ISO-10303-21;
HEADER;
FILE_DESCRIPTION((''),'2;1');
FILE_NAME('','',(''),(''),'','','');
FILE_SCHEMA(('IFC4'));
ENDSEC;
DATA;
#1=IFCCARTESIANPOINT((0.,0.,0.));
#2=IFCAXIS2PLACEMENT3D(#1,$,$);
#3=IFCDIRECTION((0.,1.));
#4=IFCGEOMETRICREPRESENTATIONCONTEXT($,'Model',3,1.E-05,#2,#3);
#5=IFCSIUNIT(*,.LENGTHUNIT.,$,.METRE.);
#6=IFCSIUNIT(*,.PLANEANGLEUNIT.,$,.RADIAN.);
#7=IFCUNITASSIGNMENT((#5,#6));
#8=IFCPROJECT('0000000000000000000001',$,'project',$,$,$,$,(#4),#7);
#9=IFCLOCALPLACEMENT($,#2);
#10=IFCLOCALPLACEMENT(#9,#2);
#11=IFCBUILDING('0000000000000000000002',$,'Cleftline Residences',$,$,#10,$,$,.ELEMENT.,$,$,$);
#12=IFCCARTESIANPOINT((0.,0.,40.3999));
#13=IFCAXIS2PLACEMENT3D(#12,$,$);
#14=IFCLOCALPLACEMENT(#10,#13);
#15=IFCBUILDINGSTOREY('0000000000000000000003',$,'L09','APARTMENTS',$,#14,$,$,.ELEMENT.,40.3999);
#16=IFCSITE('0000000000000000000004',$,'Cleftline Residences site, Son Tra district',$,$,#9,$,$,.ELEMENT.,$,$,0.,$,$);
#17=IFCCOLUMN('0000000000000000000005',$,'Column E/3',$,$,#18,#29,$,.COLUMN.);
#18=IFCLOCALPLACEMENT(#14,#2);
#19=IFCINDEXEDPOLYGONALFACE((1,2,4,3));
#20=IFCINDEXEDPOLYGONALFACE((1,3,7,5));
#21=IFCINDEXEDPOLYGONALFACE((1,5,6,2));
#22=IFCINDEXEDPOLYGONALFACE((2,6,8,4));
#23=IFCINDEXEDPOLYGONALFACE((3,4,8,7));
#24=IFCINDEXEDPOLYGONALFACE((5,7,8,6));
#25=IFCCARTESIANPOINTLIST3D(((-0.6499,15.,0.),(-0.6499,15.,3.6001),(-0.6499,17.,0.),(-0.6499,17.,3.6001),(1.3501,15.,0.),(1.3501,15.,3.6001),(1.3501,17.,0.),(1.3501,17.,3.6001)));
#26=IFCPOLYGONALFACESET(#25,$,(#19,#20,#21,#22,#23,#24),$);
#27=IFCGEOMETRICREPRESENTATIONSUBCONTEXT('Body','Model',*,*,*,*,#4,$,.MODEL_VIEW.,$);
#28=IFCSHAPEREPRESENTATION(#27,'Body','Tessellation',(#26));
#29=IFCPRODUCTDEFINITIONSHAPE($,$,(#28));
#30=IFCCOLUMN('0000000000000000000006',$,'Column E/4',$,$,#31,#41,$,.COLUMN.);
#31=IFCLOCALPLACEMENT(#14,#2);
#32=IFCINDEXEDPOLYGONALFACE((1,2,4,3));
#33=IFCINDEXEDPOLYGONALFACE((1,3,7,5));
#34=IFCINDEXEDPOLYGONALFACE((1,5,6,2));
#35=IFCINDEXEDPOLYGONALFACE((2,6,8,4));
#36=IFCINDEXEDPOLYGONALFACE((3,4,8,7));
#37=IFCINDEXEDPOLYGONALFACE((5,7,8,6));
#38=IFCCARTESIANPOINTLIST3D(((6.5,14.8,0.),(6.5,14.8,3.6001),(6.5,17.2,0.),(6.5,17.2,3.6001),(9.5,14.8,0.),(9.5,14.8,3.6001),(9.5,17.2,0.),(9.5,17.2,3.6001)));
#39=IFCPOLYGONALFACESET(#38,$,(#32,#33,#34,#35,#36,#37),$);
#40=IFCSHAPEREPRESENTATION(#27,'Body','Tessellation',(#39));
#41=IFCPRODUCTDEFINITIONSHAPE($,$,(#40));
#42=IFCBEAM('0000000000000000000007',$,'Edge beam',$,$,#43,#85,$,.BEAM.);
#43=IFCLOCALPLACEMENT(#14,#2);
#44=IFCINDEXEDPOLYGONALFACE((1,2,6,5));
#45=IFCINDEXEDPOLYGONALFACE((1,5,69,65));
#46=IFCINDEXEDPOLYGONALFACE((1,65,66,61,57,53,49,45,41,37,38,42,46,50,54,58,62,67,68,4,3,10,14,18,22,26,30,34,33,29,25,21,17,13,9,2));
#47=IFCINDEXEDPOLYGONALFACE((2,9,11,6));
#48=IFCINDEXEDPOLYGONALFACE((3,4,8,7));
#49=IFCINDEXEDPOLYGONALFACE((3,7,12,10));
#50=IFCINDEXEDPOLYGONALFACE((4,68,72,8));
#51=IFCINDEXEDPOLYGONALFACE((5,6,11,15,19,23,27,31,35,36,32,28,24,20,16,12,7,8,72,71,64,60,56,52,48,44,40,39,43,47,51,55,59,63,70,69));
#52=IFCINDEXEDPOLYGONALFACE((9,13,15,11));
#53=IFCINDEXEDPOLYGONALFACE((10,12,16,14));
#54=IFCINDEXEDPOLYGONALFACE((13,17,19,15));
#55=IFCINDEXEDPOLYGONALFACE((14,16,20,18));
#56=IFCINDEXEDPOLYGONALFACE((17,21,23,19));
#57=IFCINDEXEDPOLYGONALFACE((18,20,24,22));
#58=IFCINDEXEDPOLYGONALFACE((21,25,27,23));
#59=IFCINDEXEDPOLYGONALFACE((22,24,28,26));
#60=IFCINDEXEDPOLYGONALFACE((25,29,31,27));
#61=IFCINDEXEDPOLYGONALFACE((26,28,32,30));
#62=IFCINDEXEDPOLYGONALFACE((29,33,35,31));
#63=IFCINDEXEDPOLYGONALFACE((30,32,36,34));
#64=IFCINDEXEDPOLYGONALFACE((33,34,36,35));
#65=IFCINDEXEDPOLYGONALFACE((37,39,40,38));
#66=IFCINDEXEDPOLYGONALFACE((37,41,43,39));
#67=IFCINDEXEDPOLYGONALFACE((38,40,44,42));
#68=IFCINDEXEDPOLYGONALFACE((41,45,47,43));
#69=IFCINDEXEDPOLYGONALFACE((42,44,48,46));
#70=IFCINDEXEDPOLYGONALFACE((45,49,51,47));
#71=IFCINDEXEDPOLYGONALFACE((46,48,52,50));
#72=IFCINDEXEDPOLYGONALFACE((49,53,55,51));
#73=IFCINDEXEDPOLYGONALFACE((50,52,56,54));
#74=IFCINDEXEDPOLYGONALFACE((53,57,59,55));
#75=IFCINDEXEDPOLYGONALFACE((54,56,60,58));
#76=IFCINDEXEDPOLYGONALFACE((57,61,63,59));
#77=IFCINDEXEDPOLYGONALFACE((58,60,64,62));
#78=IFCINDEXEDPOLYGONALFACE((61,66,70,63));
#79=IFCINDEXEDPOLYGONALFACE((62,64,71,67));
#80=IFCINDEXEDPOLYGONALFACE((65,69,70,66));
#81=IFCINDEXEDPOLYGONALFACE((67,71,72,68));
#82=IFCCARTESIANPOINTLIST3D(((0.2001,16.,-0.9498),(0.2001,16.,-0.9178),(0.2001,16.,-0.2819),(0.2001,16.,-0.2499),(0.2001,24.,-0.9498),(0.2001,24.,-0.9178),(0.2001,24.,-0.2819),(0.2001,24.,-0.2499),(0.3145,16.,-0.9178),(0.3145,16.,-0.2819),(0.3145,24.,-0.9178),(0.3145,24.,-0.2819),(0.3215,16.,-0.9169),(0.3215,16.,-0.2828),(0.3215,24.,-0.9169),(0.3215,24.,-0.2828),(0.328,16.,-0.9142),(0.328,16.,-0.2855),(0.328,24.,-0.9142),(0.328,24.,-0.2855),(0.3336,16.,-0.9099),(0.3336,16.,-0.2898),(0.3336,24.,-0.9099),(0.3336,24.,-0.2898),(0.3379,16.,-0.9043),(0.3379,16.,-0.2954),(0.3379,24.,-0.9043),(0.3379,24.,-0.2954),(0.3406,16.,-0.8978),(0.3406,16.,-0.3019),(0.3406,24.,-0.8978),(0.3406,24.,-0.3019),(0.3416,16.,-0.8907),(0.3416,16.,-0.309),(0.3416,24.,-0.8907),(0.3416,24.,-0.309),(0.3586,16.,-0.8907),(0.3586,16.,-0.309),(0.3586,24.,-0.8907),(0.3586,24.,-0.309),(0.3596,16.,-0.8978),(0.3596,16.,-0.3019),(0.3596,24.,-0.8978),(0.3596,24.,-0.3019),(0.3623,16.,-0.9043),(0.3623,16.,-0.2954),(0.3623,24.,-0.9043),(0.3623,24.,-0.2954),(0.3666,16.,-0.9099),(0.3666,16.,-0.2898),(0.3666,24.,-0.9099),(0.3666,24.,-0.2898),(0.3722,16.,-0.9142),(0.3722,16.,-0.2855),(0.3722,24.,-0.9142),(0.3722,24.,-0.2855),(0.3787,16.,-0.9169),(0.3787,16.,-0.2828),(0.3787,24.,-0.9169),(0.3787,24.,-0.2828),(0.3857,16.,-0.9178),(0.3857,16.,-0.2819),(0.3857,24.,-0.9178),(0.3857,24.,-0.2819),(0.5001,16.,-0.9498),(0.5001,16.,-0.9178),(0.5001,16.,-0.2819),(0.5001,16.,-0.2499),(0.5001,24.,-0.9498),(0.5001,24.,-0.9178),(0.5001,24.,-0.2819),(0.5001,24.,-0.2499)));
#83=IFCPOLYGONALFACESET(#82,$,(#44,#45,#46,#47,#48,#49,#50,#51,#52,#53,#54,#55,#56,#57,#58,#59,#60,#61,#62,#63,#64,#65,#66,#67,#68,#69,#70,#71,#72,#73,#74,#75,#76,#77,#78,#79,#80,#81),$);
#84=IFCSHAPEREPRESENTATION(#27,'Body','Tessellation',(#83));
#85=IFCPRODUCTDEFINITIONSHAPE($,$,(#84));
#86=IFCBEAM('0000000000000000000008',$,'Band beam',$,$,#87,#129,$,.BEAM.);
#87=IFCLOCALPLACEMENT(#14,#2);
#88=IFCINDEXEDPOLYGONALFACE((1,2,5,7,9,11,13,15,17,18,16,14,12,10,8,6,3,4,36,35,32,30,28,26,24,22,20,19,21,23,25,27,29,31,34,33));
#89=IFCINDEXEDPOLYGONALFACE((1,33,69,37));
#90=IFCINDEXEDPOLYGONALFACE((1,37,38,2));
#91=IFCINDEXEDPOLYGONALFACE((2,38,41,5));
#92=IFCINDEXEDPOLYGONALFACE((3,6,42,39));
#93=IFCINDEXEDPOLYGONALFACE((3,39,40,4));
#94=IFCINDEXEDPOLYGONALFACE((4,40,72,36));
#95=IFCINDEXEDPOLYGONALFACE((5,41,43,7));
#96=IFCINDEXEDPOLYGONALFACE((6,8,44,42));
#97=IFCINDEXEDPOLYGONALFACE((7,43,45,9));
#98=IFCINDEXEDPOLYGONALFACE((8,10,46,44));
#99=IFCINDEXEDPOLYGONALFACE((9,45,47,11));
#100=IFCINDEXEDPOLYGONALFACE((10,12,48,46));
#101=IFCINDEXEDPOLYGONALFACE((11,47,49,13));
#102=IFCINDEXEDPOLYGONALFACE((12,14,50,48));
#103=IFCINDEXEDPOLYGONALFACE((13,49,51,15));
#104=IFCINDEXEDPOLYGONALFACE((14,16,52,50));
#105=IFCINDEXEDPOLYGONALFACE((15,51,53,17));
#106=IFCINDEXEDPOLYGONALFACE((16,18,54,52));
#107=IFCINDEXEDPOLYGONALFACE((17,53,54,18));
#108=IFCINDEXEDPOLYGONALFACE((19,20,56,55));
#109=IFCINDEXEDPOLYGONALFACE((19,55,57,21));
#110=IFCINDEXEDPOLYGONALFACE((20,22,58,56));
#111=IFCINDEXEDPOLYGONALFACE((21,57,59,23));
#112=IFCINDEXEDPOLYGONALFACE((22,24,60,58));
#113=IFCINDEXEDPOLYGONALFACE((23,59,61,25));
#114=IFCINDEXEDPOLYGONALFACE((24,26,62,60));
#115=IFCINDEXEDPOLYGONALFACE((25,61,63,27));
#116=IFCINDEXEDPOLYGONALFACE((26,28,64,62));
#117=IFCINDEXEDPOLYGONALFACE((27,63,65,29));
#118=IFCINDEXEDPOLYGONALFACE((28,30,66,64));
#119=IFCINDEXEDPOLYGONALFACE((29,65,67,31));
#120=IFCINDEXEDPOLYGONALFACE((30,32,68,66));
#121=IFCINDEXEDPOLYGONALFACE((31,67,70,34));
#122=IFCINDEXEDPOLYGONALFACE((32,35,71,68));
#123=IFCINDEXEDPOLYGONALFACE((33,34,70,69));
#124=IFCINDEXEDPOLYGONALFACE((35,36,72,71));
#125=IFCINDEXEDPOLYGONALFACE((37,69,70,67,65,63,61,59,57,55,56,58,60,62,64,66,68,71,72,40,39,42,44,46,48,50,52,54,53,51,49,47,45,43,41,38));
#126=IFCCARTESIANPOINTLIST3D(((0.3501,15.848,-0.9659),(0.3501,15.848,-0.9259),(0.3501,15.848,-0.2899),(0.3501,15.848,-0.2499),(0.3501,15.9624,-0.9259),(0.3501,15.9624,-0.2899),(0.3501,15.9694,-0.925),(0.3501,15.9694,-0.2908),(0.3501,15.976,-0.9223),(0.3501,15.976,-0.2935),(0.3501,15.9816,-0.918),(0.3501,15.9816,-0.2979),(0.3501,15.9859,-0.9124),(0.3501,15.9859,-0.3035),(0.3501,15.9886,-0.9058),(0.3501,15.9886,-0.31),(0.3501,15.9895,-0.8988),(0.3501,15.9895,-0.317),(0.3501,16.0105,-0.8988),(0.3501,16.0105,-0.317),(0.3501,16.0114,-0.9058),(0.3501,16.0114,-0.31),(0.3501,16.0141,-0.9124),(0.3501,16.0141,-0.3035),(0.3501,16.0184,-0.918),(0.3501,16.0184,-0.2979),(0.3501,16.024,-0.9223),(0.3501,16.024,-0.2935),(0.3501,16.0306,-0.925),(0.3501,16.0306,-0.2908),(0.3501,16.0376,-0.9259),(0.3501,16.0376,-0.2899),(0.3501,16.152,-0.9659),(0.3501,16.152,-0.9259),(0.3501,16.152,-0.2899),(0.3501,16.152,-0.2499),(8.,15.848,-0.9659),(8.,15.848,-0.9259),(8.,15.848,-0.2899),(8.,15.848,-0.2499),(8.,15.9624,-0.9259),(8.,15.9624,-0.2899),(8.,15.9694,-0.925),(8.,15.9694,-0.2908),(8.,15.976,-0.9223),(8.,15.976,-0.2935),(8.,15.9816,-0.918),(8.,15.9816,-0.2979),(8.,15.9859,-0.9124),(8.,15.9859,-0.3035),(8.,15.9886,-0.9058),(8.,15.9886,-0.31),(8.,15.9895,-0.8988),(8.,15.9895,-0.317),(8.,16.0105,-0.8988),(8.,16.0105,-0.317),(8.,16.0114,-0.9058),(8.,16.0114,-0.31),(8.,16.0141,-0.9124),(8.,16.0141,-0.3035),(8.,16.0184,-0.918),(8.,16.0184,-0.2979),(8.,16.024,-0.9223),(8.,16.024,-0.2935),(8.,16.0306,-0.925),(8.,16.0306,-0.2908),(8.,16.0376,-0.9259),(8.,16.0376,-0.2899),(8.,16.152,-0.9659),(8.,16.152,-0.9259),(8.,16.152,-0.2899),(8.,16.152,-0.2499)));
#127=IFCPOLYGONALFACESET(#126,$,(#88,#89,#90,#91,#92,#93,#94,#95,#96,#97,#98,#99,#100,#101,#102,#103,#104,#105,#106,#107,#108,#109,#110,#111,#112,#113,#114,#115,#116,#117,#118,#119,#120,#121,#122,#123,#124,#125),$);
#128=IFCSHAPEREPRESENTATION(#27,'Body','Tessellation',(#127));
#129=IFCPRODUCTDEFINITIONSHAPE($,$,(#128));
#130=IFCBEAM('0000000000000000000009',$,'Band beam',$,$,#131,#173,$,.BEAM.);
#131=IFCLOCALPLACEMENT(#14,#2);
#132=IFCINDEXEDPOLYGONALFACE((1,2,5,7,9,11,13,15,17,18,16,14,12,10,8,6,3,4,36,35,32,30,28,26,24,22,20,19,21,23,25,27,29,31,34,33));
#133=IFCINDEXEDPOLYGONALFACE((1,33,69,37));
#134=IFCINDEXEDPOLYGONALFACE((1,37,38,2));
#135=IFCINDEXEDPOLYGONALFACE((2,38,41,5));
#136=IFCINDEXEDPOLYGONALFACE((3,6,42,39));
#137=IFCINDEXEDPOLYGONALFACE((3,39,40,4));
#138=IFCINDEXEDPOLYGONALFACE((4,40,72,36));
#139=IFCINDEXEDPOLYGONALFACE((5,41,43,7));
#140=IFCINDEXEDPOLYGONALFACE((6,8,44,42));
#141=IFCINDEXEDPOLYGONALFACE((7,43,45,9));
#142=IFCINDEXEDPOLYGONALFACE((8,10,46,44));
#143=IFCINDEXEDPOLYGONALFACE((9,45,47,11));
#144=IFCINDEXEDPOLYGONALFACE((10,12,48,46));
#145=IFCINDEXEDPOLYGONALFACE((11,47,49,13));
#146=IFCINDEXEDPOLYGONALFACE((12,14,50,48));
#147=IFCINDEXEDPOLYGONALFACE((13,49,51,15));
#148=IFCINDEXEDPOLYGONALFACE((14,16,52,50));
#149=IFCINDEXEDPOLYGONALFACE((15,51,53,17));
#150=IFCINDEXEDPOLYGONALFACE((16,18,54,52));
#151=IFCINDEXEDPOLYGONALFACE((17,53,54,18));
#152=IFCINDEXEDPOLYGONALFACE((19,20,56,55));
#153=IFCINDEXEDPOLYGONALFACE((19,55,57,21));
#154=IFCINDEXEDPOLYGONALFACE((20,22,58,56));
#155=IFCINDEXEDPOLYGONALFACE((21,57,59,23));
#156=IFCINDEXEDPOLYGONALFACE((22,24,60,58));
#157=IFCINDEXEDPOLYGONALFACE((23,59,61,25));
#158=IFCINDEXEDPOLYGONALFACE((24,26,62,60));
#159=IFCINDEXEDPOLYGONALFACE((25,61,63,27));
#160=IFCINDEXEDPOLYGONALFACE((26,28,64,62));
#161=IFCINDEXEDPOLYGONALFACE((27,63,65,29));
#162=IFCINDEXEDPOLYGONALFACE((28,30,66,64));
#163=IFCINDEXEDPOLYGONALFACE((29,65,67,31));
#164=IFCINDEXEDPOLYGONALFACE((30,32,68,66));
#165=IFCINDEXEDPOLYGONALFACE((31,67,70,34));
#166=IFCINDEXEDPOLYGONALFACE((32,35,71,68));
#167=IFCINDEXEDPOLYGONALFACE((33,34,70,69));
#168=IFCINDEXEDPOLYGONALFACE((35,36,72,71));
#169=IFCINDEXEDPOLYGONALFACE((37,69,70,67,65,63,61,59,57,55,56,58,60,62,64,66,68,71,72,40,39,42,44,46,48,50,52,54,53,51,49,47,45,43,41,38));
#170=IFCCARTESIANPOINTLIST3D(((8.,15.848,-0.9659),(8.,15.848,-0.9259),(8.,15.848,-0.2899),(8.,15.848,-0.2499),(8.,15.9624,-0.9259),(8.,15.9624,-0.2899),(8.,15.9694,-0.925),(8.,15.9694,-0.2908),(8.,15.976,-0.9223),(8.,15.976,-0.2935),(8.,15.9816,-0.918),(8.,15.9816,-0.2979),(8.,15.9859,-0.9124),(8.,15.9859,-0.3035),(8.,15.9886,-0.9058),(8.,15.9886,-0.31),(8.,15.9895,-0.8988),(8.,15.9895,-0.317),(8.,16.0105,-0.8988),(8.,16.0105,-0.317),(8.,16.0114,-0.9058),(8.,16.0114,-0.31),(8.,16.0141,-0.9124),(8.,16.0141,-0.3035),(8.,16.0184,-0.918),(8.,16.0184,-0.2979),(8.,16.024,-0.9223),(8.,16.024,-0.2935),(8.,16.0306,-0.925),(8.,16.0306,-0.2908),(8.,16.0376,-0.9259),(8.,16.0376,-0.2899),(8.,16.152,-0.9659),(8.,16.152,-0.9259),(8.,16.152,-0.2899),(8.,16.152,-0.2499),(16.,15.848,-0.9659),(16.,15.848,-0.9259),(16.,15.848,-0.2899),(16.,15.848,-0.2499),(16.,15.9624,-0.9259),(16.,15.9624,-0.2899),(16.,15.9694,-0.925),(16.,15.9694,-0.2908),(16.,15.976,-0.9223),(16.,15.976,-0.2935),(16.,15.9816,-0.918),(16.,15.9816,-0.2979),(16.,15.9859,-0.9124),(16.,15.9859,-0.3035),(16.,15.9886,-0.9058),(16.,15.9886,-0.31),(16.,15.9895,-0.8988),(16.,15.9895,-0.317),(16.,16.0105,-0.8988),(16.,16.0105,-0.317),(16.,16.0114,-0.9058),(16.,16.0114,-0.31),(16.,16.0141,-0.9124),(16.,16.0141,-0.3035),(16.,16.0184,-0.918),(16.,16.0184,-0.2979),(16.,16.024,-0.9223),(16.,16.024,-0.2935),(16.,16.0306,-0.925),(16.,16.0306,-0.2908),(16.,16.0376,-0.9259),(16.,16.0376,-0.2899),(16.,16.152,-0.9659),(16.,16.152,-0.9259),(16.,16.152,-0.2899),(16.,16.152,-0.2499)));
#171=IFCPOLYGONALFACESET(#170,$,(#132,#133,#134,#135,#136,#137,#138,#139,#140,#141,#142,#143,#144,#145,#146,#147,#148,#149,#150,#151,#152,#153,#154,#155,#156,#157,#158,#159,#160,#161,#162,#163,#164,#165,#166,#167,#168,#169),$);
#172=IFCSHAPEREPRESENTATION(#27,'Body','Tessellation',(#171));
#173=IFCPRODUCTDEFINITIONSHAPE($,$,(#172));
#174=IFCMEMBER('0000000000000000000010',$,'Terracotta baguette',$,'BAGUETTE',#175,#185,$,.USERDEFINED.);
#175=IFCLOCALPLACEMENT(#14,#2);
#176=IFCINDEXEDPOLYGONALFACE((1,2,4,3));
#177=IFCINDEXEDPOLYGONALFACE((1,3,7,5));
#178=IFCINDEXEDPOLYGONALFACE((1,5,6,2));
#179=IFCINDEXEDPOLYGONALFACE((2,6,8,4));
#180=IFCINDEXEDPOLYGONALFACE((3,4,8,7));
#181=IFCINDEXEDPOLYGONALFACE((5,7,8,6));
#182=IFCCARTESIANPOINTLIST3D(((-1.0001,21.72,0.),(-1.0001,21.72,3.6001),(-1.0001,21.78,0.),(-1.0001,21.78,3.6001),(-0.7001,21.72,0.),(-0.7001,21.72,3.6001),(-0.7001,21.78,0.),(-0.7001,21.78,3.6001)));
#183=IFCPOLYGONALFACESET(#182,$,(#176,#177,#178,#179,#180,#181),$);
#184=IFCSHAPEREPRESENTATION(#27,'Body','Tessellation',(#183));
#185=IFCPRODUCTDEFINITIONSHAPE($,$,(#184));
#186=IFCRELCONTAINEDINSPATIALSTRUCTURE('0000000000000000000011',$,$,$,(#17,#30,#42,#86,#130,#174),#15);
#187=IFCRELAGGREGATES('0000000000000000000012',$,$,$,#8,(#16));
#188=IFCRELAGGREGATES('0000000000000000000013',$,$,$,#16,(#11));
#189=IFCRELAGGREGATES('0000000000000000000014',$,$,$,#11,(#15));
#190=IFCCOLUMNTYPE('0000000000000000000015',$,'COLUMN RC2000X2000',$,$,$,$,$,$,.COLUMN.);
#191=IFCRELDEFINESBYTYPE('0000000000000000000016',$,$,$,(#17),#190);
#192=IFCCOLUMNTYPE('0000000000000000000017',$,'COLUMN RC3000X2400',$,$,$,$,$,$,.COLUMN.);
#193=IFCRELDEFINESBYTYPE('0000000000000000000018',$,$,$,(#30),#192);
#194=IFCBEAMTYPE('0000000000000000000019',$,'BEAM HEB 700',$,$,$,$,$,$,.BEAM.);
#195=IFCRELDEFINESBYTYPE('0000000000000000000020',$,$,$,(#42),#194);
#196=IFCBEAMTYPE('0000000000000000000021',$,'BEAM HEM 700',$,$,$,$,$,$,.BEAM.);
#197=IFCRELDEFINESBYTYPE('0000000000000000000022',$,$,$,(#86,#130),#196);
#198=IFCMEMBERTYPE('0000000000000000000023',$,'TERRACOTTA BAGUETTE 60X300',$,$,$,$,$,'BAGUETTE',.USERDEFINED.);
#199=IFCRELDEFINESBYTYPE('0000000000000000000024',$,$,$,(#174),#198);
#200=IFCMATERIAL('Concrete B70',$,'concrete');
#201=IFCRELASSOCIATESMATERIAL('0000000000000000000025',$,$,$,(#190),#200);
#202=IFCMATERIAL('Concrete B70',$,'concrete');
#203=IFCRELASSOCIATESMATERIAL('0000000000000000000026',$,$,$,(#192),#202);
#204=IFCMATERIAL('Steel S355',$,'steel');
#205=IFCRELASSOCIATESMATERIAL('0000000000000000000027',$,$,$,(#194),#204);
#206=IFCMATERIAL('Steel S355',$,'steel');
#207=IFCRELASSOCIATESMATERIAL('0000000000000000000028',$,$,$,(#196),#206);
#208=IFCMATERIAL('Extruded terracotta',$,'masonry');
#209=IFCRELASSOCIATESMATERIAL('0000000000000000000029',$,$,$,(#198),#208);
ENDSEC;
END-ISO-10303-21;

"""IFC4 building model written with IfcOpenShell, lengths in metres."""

from ifc_helpers import new_model, si_unit, direction, frame, origin, origin_2d, place, context, subcontext, project, spatial, rectangle, i_section, extrude, material, material_profile, profile_set, type_object, element, save


model = new_model("IFC4")

# Units and contexts
model_context = context("Model", 3, precision=1e-05, world=origin(), true_north=direction((0.0, 1.0)))
body_context = subcontext(model_context, "Body", "Model", "MODEL_VIEW")
ifc_project = project(units=[si_unit("LENGTHUNIT", "METRE"), si_unit("PLANEANGLEUNIT", "RADIAN")], contexts=[model_context])

# Site, building, storey
site_placement = place(None, origin())
site = spatial("IfcSite", under=ifc_project, at=site_placement, Name="Cleftline Residences site, Son Tra district", CompositionType="ELEMENT", RefElevation=0.0)
building_placement = place(site_placement, origin())
building = spatial("IfcBuilding", under=site, at=building_placement, Name="Cleftline Residences", CompositionType="ELEMENT")
storey_placement = place(building_placement, frame((0.0, 0.0, 40.3999)))
storey = spatial("IfcBuildingStorey", under=building, at=storey_placement, Name="L09", Description="APARTMENTS", CompositionType="ELEMENT", Elevation=40.3999)

# Columns
ifc_material_1 = material(Name="Concrete B70", Category="concrete")
ifc_material_profile_1 = material_profile(ifc_material_1, rectangle(XDim=2.0, YDim=2.0, at=origin_2d()))
ifc_profile_set_1 = profile_set([ifc_material_profile_1], Name="Concrete B70")
column_type_1 = type_object("IfcColumnType", Name="COLUMN RC2000X2000", PredefinedType="COLUMN", material=ifc_profile_set_1)
column_1_placement = place(storey_placement, frame((0.3501, 16.0, 0.0), z_axis=(0.0, 0.0, 1.0), x_axis=(1.0, 0.0, 0.0)))
element("IfcColumn", 1, at=column_1_placement, inside=storey, type_object=column_type_1, Name="Column E/3", PredefinedType="COLUMN", context=body_context, shape_type="SweptSolid", body=[
    extrude(rectangle(XDim=2.0, YDim=2.0, at=origin_2d()), origin(), (0.0, 0.0, 1.0), 3.6001),
])
ifc_material_2 = material(Name="Concrete B70", Category="concrete")
ifc_material_profile_2 = material_profile(ifc_material_2, rectangle(XDim=3.0, YDim=2.3999, at=origin_2d()))
ifc_profile_set_2 = profile_set([ifc_material_profile_2], Name="Concrete B70")
column_type_2 = type_object("IfcColumnType", Name="COLUMN RC3000X2400", PredefinedType="COLUMN", material=ifc_profile_set_2)
column_2_placement = place(storey_placement, frame((8.0, 16.0, 0.0), z_axis=(0.0, 0.0, 1.0), x_axis=(1.0, 0.0, 0.0)))
element("IfcColumn", 2, at=column_2_placement, inside=storey, type_object=column_type_2, Name="Column E/4", PredefinedType="COLUMN", context=body_context, shape_type="SweptSolid", body=[
    extrude(rectangle(XDim=3.0, YDim=2.3999, at=origin_2d()), origin(), (0.0, 0.0, 1.0), 3.6001),
])

# Beams
ifc_material_3 = material(Name="Steel S355", Category="steel")
ifc_material_profile_3 = material_profile(ifc_material_3, i_section(OverallWidth=0.3, OverallDepth=0.7, WebThickness=0.0171, FlangeThickness=0.032, FilletRadius=0.0271, at=origin_2d()))
ifc_profile_set_3 = profile_set([ifc_material_profile_3], Name="Steel S355")
beam_type_1 = type_object("IfcBeamType", Name="BEAM HEB 700", PredefinedType="BEAM", material=ifc_profile_set_3)
beam_1_placement = place(storey_placement, frame((0.3501, 16.0, -0.5999), z_axis=(0.0, 1.0, 0.0), x_axis=(-1.0, 0.0, 0.0)))
element("IfcBeam", 3, at=beam_1_placement, inside=storey, type_object=beam_type_1, Name="Edge beam", PredefinedType="BEAM", context=body_context, shape_type="SweptSolid", body=[
    extrude(i_section(OverallWidth=0.3, OverallDepth=0.7, WebThickness=0.0171, FlangeThickness=0.032, FilletRadius=0.0271, at=origin_2d()), origin(), (0.0, 0.0, 1.0), 8.0),
])
ifc_material_4 = material(Name="Steel S355", Category="steel")
ifc_material_profile_4 = material_profile(ifc_material_4, i_section(OverallWidth=0.304, OverallDepth=0.7161, WebThickness=0.021, FlangeThickness=0.04, FilletRadius=0.0271, at=origin_2d()))
ifc_profile_set_4 = profile_set([ifc_material_profile_4], Name="Steel S355")
beam_type_2 = type_object("IfcBeamType", Name="BEAM HEM 700", PredefinedType="BEAM", material=ifc_profile_set_4)
beam_2_placement = place(storey_placement, frame((0.3501, 16.0, -0.6079), z_axis=(1.0, 0.0, 0.0), x_axis=(0.0, 1.0, 0.0)))
element("IfcBeam", 4, at=beam_2_placement, inside=storey, type_object=beam_type_2, Name="Band beam", PredefinedType="BEAM", context=body_context, shape_type="SweptSolid", body=[
    extrude(i_section(OverallWidth=0.304, OverallDepth=0.7161, WebThickness=0.021, FlangeThickness=0.04, FilletRadius=0.0271, at=origin_2d()), origin(), (0.0, 0.0, 1.0), 7.6499),
])
beam_3_placement = place(storey_placement, frame((8.0, 16.0, -0.6079), z_axis=(1.0, 0.0, 0.0), x_axis=(0.0, 1.0, 0.0)))
element("IfcBeam", 5, at=beam_3_placement, inside=storey, type_object=beam_type_2, Name="Band beam", PredefinedType="BEAM", context=body_context, shape_type="SweptSolid", body=[
    extrude(i_section(OverallWidth=0.304, OverallDepth=0.7161, WebThickness=0.021, FlangeThickness=0.04, FilletRadius=0.0271, at=origin_2d()), origin(), (0.0, 0.0, 1.0), 8.0),
])

# Member
ifc_material_5 = material(Name="Extruded terracotta", Category="masonry")
ifc_material_profile_5 = material_profile(ifc_material_5, rectangle(XDim=0.0601, YDim=0.3, at=origin_2d()))
ifc_profile_set_5 = profile_set([ifc_material_profile_5], Name="Extruded terracotta")
member_type = type_object("IfcMemberType", Name="TERRACOTTA BAGUETTE 60X300", ElementType="BAGUETTE", PredefinedType="USERDEFINED", material=ifc_profile_set_5)
for number, where, z_axis, x_axis, name in (
    (6, (-0.8501, 21.75, 0.0), (0.0, 0.0, 1.0), (0.0, 1.0, 0.0), "Terracotta baguette"),
):
    element("IfcMember", number, at=place(storey_placement, frame(where, z_axis=z_axis, x_axis=x_axis)), inside=storey, type_object=member_type, Name=name, ObjectType="BAGUETTE", PredefinedType="USERDEFINED", context=body_context, shape_type="SweptSolid", body=[
        extrude(rectangle(XDim=0.0601, YDim=0.3, at=origin_2d()), origin(), (0.0, 0.0, 1.0), 3.6001),
    ])

save(model, "model.ifc")
